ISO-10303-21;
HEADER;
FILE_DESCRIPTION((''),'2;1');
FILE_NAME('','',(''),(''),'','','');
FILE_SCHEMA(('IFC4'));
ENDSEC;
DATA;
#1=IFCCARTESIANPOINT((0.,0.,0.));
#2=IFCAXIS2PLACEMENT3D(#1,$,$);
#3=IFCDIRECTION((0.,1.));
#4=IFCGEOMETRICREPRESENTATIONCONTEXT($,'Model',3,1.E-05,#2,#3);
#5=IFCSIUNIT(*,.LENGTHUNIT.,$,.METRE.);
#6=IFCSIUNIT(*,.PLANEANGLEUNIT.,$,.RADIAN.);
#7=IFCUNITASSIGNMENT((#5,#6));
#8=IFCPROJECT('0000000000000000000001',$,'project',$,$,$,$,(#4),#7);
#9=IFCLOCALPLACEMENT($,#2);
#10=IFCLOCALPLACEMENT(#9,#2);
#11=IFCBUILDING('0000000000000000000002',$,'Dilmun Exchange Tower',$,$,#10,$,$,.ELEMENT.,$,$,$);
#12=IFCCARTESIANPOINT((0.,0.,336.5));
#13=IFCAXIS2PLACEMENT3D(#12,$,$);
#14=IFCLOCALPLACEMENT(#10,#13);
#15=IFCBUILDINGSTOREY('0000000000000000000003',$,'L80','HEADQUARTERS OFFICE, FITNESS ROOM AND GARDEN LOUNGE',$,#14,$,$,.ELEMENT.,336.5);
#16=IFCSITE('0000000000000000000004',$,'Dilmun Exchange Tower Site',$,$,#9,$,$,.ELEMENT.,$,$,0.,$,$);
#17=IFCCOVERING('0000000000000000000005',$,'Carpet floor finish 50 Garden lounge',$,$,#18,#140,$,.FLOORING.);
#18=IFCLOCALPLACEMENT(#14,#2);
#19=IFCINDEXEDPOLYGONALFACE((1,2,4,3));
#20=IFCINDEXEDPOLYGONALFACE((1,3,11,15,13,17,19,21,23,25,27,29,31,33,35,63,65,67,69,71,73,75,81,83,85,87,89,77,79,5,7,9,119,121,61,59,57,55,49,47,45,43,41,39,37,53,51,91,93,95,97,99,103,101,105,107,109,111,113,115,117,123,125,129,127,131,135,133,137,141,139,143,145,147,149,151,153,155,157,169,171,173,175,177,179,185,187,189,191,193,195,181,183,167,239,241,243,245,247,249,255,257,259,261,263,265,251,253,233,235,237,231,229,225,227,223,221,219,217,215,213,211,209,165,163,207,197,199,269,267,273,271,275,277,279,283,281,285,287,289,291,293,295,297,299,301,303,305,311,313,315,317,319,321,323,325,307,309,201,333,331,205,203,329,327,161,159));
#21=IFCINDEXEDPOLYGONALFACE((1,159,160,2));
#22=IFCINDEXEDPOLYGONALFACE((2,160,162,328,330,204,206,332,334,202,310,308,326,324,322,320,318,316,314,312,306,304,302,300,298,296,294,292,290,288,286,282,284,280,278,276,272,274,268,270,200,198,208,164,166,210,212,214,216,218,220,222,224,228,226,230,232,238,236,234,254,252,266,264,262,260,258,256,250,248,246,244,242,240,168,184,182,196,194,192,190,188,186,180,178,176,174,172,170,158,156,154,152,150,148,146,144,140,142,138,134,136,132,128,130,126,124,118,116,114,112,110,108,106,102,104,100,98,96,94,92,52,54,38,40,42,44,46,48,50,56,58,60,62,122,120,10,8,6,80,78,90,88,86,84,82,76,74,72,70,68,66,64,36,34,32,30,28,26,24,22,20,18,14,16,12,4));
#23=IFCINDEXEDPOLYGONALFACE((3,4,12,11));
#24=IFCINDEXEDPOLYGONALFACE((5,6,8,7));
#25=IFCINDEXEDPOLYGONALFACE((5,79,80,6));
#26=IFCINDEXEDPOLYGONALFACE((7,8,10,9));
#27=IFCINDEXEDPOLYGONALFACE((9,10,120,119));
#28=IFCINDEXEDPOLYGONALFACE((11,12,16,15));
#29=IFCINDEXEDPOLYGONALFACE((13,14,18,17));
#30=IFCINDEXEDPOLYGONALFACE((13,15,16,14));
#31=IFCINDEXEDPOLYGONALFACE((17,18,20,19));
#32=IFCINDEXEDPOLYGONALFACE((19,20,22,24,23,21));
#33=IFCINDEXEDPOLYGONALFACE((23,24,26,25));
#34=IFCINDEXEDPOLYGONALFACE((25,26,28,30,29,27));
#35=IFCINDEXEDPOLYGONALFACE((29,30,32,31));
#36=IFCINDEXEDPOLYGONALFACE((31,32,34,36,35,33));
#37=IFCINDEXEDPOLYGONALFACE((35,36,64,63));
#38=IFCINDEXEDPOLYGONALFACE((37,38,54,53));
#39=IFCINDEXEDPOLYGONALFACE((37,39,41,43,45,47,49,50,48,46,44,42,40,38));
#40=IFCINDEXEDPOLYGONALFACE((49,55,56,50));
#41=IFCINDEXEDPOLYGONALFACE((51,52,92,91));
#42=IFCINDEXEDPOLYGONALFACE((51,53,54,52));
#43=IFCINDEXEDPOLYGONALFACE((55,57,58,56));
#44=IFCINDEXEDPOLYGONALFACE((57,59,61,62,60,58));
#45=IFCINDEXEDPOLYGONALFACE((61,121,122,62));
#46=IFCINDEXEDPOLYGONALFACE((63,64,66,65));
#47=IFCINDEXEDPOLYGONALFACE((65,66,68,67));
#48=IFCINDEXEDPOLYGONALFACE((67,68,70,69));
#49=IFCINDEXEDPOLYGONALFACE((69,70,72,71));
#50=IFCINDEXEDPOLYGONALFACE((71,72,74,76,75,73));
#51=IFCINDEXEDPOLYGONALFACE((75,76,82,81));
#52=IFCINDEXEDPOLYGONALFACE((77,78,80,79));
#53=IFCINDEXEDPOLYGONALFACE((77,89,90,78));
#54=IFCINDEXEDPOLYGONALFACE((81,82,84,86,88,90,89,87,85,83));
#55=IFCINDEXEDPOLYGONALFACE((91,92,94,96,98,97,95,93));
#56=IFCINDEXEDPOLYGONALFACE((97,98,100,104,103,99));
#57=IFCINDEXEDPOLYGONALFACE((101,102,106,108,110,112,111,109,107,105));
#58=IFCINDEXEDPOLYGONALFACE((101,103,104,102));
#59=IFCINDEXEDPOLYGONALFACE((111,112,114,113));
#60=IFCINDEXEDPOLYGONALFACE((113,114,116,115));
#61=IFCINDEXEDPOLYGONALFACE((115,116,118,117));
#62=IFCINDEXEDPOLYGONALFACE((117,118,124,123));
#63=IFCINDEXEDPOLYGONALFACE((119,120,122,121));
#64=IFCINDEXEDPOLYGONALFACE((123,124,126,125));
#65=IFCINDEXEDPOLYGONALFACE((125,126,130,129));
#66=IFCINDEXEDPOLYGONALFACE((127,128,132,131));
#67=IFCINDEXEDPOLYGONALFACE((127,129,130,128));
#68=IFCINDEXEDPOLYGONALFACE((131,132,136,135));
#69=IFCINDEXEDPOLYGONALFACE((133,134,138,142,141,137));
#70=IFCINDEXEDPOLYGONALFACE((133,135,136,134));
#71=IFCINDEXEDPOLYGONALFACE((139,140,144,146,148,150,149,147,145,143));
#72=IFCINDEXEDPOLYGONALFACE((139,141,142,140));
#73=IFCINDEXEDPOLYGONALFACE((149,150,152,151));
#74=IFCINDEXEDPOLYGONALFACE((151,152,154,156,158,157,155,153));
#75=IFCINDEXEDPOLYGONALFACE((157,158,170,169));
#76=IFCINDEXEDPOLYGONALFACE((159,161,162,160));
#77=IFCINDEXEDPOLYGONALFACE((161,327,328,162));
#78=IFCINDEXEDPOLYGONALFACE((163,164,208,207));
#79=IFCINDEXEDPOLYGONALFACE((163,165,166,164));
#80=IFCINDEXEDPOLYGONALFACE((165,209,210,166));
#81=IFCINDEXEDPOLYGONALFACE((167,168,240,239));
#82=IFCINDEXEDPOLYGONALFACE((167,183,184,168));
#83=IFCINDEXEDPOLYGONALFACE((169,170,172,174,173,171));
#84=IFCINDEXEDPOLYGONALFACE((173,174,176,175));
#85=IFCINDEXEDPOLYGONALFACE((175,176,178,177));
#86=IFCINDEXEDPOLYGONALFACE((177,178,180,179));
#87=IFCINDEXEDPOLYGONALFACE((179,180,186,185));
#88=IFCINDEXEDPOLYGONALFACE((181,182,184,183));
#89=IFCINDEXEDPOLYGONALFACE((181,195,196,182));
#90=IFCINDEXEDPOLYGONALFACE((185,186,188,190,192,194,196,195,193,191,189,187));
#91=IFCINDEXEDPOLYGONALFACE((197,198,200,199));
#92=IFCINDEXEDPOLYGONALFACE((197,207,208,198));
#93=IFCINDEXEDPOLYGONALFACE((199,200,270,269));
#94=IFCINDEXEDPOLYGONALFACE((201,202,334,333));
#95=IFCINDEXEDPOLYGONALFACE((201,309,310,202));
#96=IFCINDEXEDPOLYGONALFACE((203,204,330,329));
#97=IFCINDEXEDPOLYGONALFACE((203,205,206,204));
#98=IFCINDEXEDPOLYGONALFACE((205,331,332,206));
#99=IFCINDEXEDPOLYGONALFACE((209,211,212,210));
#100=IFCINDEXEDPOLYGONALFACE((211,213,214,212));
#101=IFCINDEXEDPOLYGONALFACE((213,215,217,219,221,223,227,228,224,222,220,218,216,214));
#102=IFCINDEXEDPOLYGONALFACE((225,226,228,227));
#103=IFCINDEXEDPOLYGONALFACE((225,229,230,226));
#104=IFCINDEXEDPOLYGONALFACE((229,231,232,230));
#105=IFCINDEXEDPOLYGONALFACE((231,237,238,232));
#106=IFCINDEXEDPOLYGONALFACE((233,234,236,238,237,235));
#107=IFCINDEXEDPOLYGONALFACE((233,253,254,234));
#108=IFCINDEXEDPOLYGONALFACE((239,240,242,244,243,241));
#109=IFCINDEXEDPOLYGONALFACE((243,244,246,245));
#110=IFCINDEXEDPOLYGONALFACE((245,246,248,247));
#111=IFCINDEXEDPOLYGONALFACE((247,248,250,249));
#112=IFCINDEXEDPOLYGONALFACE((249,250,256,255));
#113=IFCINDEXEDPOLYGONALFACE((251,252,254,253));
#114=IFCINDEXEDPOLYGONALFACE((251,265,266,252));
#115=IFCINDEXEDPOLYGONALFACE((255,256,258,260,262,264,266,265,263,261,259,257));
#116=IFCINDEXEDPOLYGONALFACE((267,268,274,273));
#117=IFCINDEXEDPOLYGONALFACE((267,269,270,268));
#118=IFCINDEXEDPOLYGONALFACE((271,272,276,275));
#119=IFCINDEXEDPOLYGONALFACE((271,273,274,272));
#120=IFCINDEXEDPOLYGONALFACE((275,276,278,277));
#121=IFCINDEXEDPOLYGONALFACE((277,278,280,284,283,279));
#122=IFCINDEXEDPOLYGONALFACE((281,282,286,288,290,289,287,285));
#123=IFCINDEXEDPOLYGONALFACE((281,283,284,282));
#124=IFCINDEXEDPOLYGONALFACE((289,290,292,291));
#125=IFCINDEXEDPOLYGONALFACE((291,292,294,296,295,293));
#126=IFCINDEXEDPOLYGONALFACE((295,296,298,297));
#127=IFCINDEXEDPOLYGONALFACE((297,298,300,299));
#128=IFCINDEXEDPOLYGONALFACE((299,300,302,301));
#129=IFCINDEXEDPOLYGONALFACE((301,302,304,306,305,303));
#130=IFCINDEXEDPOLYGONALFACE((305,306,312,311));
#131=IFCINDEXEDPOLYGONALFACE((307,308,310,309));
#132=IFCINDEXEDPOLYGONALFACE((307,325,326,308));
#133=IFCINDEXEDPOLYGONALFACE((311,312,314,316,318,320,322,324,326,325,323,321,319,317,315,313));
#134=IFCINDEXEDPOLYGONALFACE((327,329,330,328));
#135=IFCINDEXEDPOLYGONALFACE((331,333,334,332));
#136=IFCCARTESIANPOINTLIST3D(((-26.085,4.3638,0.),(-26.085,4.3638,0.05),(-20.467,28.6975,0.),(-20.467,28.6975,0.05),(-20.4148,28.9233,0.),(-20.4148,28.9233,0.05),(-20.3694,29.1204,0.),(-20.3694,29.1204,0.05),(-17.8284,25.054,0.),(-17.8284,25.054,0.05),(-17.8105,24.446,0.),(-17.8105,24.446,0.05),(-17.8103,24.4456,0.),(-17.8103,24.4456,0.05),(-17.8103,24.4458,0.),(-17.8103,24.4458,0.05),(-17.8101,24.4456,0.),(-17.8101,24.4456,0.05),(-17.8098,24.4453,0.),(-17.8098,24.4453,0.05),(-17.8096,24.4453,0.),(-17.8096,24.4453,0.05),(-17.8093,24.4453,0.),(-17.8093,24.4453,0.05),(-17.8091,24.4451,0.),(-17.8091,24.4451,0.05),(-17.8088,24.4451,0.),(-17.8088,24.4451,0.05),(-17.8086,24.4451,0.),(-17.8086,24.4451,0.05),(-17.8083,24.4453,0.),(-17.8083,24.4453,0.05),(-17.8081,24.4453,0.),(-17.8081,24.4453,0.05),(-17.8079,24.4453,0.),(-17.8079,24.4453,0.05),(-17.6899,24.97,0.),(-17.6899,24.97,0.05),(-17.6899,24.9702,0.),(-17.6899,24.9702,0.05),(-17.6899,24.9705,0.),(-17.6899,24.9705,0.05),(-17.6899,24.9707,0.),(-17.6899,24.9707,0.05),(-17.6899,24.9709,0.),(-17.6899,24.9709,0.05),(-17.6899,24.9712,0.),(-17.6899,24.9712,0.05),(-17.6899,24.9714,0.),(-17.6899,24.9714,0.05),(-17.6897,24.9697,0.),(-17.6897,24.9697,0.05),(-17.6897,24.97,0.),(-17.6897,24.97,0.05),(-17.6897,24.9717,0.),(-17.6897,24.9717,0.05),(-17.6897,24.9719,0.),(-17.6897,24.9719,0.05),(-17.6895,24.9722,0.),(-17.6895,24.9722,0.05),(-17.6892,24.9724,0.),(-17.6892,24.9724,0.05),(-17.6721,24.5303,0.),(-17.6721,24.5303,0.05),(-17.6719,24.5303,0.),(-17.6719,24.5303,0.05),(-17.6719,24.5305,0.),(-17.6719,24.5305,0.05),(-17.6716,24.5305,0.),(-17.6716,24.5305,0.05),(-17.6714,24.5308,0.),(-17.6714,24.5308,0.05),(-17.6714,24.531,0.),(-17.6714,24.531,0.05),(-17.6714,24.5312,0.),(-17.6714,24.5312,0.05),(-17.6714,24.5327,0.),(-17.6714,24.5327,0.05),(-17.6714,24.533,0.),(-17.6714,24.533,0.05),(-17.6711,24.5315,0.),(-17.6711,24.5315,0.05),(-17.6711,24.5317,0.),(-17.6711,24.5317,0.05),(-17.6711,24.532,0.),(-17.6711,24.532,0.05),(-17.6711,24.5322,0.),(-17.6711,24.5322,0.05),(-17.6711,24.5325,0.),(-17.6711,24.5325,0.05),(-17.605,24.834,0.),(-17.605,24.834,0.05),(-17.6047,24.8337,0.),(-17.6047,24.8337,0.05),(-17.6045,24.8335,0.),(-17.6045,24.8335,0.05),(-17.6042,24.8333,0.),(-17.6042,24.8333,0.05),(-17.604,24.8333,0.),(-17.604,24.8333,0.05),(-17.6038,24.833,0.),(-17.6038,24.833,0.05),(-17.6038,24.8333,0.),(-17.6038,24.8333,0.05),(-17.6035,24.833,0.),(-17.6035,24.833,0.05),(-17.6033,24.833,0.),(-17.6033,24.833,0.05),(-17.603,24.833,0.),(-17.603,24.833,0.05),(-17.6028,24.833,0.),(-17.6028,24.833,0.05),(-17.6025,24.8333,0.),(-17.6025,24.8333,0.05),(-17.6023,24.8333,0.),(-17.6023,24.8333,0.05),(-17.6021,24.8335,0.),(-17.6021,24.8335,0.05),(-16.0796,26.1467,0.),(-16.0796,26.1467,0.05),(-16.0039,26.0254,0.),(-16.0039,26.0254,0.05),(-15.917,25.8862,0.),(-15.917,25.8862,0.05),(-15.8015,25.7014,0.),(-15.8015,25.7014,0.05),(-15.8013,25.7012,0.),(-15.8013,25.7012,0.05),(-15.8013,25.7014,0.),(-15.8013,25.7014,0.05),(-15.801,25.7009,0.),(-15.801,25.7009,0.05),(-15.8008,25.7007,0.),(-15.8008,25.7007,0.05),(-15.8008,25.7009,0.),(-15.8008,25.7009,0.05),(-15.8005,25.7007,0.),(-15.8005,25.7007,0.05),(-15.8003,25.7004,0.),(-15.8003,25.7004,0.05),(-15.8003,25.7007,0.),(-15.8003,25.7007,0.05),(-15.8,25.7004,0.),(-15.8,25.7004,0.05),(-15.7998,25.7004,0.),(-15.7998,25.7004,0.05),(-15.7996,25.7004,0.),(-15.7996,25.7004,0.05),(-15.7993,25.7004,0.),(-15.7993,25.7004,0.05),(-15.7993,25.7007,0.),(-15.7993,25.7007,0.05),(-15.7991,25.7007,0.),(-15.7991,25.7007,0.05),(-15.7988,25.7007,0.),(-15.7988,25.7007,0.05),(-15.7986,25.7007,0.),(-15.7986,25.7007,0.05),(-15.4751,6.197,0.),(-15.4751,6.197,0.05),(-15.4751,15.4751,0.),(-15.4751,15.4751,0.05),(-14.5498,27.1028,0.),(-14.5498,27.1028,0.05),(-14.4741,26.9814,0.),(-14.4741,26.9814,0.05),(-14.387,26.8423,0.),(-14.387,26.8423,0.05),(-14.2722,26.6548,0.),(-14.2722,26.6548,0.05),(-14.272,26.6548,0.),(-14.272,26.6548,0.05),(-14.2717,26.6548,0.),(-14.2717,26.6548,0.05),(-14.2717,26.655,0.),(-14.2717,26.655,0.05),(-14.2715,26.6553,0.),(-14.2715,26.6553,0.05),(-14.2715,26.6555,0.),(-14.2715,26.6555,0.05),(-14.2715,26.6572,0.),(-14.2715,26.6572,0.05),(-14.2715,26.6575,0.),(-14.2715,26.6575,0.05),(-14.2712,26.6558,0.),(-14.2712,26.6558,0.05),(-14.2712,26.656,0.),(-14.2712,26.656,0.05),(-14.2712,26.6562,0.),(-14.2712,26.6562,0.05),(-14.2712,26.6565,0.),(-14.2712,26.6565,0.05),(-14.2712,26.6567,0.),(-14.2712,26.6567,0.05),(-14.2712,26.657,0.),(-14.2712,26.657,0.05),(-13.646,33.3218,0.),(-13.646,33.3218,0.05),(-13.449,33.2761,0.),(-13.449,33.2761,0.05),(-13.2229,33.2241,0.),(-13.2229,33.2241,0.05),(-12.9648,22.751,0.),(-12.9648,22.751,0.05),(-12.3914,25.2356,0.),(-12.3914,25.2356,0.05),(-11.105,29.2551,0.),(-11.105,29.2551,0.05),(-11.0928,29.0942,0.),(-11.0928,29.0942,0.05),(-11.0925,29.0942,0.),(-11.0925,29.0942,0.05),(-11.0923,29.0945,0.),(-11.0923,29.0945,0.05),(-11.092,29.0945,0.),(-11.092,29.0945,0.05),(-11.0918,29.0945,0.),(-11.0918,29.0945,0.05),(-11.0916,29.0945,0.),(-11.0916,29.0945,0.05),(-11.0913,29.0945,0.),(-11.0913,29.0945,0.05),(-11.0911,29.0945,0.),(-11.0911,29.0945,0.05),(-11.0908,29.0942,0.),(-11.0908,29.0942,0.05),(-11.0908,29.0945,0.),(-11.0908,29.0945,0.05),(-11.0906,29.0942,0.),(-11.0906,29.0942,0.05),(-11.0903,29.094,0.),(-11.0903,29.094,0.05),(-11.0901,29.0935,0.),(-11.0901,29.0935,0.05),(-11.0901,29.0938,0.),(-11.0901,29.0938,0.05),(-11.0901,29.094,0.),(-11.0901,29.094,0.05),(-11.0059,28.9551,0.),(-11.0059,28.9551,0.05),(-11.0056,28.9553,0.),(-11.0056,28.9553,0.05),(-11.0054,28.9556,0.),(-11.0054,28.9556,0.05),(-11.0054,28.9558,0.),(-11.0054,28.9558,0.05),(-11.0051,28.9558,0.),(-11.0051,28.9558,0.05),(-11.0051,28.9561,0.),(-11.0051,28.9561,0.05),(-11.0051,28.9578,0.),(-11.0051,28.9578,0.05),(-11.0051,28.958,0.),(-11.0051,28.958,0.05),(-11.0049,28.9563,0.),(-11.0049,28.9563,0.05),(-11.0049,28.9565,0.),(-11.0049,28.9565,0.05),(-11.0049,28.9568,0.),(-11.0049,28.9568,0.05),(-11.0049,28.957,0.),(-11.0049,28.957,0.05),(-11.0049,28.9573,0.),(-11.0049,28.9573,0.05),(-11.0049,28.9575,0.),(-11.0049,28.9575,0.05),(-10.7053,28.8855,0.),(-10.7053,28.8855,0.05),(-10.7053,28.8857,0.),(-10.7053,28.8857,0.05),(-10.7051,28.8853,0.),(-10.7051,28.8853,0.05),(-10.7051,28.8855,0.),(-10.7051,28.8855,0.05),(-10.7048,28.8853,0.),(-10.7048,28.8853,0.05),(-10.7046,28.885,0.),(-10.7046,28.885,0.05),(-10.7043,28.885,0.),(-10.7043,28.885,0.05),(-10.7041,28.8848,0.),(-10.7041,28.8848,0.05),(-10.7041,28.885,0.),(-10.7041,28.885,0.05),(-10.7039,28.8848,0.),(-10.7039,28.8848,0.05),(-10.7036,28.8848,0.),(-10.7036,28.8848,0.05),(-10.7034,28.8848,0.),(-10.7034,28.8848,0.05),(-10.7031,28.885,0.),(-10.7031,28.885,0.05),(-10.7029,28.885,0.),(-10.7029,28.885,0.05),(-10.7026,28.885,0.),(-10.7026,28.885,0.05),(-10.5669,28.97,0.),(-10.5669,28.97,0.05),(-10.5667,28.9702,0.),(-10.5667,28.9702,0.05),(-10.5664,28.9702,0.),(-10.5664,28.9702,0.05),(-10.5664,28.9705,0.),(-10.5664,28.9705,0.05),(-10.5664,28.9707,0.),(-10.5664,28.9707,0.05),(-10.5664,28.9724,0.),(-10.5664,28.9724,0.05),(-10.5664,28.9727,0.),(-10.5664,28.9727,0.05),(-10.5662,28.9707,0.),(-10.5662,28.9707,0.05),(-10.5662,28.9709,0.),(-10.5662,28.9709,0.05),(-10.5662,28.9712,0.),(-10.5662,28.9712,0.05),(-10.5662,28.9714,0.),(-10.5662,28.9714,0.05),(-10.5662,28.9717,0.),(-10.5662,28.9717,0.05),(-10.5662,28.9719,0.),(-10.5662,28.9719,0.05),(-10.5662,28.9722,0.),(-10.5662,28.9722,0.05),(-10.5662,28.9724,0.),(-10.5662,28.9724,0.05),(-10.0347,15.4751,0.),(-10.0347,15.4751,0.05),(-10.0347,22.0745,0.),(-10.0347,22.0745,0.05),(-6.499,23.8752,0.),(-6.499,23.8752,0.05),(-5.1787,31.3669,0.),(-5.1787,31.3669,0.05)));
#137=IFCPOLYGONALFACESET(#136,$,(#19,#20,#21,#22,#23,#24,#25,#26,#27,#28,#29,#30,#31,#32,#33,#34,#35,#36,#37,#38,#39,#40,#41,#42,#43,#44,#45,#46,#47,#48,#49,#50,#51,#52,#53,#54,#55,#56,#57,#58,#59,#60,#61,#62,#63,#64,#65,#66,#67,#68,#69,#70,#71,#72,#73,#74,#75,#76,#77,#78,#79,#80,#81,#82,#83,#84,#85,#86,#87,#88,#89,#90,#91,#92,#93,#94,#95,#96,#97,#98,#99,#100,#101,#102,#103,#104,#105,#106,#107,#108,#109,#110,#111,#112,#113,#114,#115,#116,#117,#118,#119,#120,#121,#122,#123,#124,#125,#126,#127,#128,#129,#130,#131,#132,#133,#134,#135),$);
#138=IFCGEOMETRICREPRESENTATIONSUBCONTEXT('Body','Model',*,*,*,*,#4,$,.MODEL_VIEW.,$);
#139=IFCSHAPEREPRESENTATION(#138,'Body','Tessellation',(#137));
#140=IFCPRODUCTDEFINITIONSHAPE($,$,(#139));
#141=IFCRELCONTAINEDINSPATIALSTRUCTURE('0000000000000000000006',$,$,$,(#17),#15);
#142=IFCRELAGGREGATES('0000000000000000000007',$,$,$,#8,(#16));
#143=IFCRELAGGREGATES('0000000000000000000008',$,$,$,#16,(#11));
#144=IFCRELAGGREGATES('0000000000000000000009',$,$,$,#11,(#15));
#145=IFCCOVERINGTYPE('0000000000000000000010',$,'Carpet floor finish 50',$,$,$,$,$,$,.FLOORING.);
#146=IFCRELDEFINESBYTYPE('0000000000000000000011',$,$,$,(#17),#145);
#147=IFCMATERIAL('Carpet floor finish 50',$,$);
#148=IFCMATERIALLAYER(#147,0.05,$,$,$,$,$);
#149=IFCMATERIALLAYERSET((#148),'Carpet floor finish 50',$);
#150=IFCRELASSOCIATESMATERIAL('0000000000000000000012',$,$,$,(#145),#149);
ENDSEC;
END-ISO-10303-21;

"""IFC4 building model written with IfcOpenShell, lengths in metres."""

from ifc_helpers import new_model, si_unit, direction, frame, origin, place, context, subcontext, project, spatial, polyline, outline, extrude, material, layer, layer_set, type_object, element, save


model = new_model("IFC4")

# Units and contexts
model_context = context("Model", 3, precision=1e-05, world=origin(), true_north=direction((0.0, 1.0)))
body_context = subcontext(model_context, "Body", "Model", "MODEL_VIEW")
ifc_project = project(units=[si_unit("LENGTHUNIT", "METRE"), si_unit("PLANEANGLEUNIT", "RADIAN")], contexts=[model_context])

# Site, building, storey
site_placement = place(None, origin())
site = spatial("IfcSite", under=ifc_project, at=site_placement, Name="Dilmun Exchange Tower Site", CompositionType="ELEMENT", RefElevation=0.0)
building_placement = place(site_placement, origin())
building = spatial("IfcBuilding", under=site, at=building_placement, Name="Dilmun Exchange Tower", CompositionType="ELEMENT")
storey_placement = place(building_placement, frame((0.0, 0.0, 336.5)))
storey = spatial("IfcBuildingStorey", under=building, at=storey_placement, Name="L80", Description="HEADQUARTERS OFFICE, FITNESS ROOM AND GARDEN LOUNGE", CompositionType="ELEMENT", Elevation=336.5)

# Covering
ifc_material_1 = material(Name="Carpet floor finish 50")
ifc_layer_1 = layer(ifc_material_1, 0.05)
ifc_layer_set_1 = layer_set([ifc_layer_1], Name="Carpet floor finish 50")
covering_type_1 = type_object("IfcCoveringType", Name="Carpet floor finish 50", PredefinedType="FLOORING", material=ifc_layer_set_1)
covering_1_placement = place(storey_placement, origin())
element("IfcCovering", 1, at=covering_1_placement, inside=storey, type_object=covering_type_1, Name="Carpet floor finish 50 Garden lounge", PredefinedType="FLOORING", context=body_context, shape_type="SweptSolid", body=[
    extrude(outline(polyline([(-17.8284, 25.054), (-16.0796, 26.1467), (-16.0039, 26.0254), (-17.6892, 24.9724), (-17.6892, 24.9724), (-17.6895, 24.9722), (-17.6895, 24.9722), (-17.6897, 24.9719), (-17.6897, 24.9717), (-17.6897, 24.9717), (-17.6899, 24.9714), (-17.6899, 24.9712), (-17.6899, 24.9709), (-17.6899, 24.9707), (-17.6899, 24.9707), (-17.6899, 24.9705), (-17.6899, 24.9702), (-17.6899, 24.97), (-17.6897, 24.97), (-17.6897, 24.9697), (-17.605, 24.834), (-17.6047, 24.8337), (-17.6047, 24.8337), (-17.6045, 24.8335), (-17.6045, 24.8335), (-17.6042, 24.8333), (-17.604, 24.8333), (-17.6038, 24.8333), (-17.6038, 24.833), (-17.6035, 24.833), (-17.6033, 24.833), (-17.603, 24.833), (-17.6028, 24.833), (-17.6028, 24.833), (-17.6025, 24.8333), (-17.6023, 24.8333), (-17.6021, 24.8335), (-15.917, 25.8862), (-15.8015, 25.7014), (-15.8013, 25.7014), (-15.8013, 25.7012), (-15.801, 25.7009), (-15.8008, 25.7009), (-15.8008, 25.7007), (-15.8005, 25.7007), (-15.8003, 25.7007), (-15.8003, 25.7004), (-15.8, 25.7004), (-15.7998, 25.7004), (-15.7996, 25.7004), (-15.7993, 25.7004), (-15.7993, 25.7007), (-15.7991, 25.7007), (-15.7988, 25.7007), (-15.7986, 25.7007), (-14.2722, 26.6548), (-14.272, 26.6548), (-14.2717, 26.6548), (-14.2717, 26.655), (-14.2715, 26.6553), (-14.2715, 26.6555), (-14.2715, 26.6555), (-14.2712, 26.6558), (-14.2712, 26.656), (-14.2712, 26.656), (-14.2712, 26.6562), (-14.2712, 26.6565), (-14.2712, 26.6567), (-14.2712, 26.657), (-14.2712, 26.657), (-14.2715, 26.6572), (-14.2715, 26.6575), (-14.387, 26.8423), (-11.0059, 28.9551), (-11.0056, 28.9553), (-11.0056, 28.9553), (-11.0054, 28.9556), (-11.0054, 28.9558), (-11.0051, 28.9558), (-11.0051, 28.9561), (-11.0049, 28.9563), (-11.0049, 28.9563), (-11.0049, 28.9565), (-11.0049, 28.9568), (-11.0049, 28.957), (-11.0049, 28.9573), (-11.0049, 28.9575), (-11.0049, 28.9575), (-11.0051, 28.9578), (-11.0051, 28.958), (-11.0901, 29.0935), (-11.0901, 29.0938), (-11.0901, 29.094), (-11.0903, 29.094), (-11.0906, 29.0942), (-11.0908, 29.0942), (-11.0908, 29.0945), (-11.0911, 29.0945), (-11.0913, 29.0945), (-11.0913, 29.0945), (-11.0916, 29.0945), (-11.0918, 29.0945), (-11.092, 29.0945), (-11.0923, 29.0945), (-11.0923, 29.0945), (-11.0925, 29.0942), (-11.0928, 29.0942), (-14.4741, 26.9814), (-14.5498, 27.1028), (-11.105, 29.2551), (-13.646, 33.3218), (-13.449, 33.2761), (-10.7053, 28.8857), (-10.7053, 28.8855), (-10.7051, 28.8855), (-10.7051, 28.8853), (-10.7048, 28.8853), (-10.7046, 28.885), (-10.7046, 28.885), (-10.7043, 28.885), (-10.7041, 28.885), (-10.7041, 28.8848), (-10.7039, 28.8848), (-10.7036, 28.8848), (-10.7034, 28.8848), (-10.7031, 28.885), (-10.7029, 28.885), (-10.7029, 28.885), (-10.7026, 28.885), (-10.5669, 28.97), (-10.5669, 28.97), (-10.5667, 28.9702), (-10.5664, 28.9702), (-10.5664, 28.9705), (-10.5664, 28.9707), (-10.5662, 28.9707), (-10.5662, 28.9709), (-10.5662, 28.9712), (-10.5662, 28.9712), (-10.5662, 28.9714), (-10.5662, 28.9717), (-10.5662, 28.9719), (-10.5662, 28.9722), (-10.5662, 28.9724), (-10.5664, 28.9724), (-10.5664, 28.9727), (-13.2229, 33.2241), (-5.1787, 31.3669), (-6.499, 23.8752), (-12.3914, 25.2356), (-12.9648, 22.751), (-10.0347, 22.0745), (-10.0347, 15.4751), (-15.4751, 15.4751), (-15.4751, 6.197), (-26.085, 4.3638), (-20.467, 28.6975), (-17.8105, 24.446), (-17.8103, 24.4458), (-17.8103, 24.4458), (-17.8103, 24.4456), (-17.8101, 24.4456), (-17.8098, 24.4453), (-17.8098, 24.4453), (-17.8096, 24.4453), (-17.8093, 24.4453), (-17.8091, 24.4451), (-17.8088, 24.4451), (-17.8086, 24.4451), (-17.8086, 24.4451), (-17.8083, 24.4453), (-17.8081, 24.4453), (-17.8081, 24.4453), (-17.8079, 24.4453), (-17.6721, 24.5303), (-17.6719, 24.5303), (-17.6719, 24.5305), (-17.6716, 24.5305), (-17.6714, 24.5308), (-17.6714, 24.531), (-17.6714, 24.531), (-17.6714, 24.5312), (-17.6711, 24.5315), (-17.6711, 24.5315), (-17.6711, 24.5317), (-17.6711, 24.532), (-17.6711, 24.5322), (-17.6711, 24.5325), (-17.6714, 24.5327), (-17.6714, 24.5327), (-17.6714, 24.533), (-20.4148, 28.9233), (-20.3694, 29.1204), (-17.8284, 25.054)])), origin(), (0.0, 0.0, 1.0), 0.05),
])

save(model, "model.ifc")
